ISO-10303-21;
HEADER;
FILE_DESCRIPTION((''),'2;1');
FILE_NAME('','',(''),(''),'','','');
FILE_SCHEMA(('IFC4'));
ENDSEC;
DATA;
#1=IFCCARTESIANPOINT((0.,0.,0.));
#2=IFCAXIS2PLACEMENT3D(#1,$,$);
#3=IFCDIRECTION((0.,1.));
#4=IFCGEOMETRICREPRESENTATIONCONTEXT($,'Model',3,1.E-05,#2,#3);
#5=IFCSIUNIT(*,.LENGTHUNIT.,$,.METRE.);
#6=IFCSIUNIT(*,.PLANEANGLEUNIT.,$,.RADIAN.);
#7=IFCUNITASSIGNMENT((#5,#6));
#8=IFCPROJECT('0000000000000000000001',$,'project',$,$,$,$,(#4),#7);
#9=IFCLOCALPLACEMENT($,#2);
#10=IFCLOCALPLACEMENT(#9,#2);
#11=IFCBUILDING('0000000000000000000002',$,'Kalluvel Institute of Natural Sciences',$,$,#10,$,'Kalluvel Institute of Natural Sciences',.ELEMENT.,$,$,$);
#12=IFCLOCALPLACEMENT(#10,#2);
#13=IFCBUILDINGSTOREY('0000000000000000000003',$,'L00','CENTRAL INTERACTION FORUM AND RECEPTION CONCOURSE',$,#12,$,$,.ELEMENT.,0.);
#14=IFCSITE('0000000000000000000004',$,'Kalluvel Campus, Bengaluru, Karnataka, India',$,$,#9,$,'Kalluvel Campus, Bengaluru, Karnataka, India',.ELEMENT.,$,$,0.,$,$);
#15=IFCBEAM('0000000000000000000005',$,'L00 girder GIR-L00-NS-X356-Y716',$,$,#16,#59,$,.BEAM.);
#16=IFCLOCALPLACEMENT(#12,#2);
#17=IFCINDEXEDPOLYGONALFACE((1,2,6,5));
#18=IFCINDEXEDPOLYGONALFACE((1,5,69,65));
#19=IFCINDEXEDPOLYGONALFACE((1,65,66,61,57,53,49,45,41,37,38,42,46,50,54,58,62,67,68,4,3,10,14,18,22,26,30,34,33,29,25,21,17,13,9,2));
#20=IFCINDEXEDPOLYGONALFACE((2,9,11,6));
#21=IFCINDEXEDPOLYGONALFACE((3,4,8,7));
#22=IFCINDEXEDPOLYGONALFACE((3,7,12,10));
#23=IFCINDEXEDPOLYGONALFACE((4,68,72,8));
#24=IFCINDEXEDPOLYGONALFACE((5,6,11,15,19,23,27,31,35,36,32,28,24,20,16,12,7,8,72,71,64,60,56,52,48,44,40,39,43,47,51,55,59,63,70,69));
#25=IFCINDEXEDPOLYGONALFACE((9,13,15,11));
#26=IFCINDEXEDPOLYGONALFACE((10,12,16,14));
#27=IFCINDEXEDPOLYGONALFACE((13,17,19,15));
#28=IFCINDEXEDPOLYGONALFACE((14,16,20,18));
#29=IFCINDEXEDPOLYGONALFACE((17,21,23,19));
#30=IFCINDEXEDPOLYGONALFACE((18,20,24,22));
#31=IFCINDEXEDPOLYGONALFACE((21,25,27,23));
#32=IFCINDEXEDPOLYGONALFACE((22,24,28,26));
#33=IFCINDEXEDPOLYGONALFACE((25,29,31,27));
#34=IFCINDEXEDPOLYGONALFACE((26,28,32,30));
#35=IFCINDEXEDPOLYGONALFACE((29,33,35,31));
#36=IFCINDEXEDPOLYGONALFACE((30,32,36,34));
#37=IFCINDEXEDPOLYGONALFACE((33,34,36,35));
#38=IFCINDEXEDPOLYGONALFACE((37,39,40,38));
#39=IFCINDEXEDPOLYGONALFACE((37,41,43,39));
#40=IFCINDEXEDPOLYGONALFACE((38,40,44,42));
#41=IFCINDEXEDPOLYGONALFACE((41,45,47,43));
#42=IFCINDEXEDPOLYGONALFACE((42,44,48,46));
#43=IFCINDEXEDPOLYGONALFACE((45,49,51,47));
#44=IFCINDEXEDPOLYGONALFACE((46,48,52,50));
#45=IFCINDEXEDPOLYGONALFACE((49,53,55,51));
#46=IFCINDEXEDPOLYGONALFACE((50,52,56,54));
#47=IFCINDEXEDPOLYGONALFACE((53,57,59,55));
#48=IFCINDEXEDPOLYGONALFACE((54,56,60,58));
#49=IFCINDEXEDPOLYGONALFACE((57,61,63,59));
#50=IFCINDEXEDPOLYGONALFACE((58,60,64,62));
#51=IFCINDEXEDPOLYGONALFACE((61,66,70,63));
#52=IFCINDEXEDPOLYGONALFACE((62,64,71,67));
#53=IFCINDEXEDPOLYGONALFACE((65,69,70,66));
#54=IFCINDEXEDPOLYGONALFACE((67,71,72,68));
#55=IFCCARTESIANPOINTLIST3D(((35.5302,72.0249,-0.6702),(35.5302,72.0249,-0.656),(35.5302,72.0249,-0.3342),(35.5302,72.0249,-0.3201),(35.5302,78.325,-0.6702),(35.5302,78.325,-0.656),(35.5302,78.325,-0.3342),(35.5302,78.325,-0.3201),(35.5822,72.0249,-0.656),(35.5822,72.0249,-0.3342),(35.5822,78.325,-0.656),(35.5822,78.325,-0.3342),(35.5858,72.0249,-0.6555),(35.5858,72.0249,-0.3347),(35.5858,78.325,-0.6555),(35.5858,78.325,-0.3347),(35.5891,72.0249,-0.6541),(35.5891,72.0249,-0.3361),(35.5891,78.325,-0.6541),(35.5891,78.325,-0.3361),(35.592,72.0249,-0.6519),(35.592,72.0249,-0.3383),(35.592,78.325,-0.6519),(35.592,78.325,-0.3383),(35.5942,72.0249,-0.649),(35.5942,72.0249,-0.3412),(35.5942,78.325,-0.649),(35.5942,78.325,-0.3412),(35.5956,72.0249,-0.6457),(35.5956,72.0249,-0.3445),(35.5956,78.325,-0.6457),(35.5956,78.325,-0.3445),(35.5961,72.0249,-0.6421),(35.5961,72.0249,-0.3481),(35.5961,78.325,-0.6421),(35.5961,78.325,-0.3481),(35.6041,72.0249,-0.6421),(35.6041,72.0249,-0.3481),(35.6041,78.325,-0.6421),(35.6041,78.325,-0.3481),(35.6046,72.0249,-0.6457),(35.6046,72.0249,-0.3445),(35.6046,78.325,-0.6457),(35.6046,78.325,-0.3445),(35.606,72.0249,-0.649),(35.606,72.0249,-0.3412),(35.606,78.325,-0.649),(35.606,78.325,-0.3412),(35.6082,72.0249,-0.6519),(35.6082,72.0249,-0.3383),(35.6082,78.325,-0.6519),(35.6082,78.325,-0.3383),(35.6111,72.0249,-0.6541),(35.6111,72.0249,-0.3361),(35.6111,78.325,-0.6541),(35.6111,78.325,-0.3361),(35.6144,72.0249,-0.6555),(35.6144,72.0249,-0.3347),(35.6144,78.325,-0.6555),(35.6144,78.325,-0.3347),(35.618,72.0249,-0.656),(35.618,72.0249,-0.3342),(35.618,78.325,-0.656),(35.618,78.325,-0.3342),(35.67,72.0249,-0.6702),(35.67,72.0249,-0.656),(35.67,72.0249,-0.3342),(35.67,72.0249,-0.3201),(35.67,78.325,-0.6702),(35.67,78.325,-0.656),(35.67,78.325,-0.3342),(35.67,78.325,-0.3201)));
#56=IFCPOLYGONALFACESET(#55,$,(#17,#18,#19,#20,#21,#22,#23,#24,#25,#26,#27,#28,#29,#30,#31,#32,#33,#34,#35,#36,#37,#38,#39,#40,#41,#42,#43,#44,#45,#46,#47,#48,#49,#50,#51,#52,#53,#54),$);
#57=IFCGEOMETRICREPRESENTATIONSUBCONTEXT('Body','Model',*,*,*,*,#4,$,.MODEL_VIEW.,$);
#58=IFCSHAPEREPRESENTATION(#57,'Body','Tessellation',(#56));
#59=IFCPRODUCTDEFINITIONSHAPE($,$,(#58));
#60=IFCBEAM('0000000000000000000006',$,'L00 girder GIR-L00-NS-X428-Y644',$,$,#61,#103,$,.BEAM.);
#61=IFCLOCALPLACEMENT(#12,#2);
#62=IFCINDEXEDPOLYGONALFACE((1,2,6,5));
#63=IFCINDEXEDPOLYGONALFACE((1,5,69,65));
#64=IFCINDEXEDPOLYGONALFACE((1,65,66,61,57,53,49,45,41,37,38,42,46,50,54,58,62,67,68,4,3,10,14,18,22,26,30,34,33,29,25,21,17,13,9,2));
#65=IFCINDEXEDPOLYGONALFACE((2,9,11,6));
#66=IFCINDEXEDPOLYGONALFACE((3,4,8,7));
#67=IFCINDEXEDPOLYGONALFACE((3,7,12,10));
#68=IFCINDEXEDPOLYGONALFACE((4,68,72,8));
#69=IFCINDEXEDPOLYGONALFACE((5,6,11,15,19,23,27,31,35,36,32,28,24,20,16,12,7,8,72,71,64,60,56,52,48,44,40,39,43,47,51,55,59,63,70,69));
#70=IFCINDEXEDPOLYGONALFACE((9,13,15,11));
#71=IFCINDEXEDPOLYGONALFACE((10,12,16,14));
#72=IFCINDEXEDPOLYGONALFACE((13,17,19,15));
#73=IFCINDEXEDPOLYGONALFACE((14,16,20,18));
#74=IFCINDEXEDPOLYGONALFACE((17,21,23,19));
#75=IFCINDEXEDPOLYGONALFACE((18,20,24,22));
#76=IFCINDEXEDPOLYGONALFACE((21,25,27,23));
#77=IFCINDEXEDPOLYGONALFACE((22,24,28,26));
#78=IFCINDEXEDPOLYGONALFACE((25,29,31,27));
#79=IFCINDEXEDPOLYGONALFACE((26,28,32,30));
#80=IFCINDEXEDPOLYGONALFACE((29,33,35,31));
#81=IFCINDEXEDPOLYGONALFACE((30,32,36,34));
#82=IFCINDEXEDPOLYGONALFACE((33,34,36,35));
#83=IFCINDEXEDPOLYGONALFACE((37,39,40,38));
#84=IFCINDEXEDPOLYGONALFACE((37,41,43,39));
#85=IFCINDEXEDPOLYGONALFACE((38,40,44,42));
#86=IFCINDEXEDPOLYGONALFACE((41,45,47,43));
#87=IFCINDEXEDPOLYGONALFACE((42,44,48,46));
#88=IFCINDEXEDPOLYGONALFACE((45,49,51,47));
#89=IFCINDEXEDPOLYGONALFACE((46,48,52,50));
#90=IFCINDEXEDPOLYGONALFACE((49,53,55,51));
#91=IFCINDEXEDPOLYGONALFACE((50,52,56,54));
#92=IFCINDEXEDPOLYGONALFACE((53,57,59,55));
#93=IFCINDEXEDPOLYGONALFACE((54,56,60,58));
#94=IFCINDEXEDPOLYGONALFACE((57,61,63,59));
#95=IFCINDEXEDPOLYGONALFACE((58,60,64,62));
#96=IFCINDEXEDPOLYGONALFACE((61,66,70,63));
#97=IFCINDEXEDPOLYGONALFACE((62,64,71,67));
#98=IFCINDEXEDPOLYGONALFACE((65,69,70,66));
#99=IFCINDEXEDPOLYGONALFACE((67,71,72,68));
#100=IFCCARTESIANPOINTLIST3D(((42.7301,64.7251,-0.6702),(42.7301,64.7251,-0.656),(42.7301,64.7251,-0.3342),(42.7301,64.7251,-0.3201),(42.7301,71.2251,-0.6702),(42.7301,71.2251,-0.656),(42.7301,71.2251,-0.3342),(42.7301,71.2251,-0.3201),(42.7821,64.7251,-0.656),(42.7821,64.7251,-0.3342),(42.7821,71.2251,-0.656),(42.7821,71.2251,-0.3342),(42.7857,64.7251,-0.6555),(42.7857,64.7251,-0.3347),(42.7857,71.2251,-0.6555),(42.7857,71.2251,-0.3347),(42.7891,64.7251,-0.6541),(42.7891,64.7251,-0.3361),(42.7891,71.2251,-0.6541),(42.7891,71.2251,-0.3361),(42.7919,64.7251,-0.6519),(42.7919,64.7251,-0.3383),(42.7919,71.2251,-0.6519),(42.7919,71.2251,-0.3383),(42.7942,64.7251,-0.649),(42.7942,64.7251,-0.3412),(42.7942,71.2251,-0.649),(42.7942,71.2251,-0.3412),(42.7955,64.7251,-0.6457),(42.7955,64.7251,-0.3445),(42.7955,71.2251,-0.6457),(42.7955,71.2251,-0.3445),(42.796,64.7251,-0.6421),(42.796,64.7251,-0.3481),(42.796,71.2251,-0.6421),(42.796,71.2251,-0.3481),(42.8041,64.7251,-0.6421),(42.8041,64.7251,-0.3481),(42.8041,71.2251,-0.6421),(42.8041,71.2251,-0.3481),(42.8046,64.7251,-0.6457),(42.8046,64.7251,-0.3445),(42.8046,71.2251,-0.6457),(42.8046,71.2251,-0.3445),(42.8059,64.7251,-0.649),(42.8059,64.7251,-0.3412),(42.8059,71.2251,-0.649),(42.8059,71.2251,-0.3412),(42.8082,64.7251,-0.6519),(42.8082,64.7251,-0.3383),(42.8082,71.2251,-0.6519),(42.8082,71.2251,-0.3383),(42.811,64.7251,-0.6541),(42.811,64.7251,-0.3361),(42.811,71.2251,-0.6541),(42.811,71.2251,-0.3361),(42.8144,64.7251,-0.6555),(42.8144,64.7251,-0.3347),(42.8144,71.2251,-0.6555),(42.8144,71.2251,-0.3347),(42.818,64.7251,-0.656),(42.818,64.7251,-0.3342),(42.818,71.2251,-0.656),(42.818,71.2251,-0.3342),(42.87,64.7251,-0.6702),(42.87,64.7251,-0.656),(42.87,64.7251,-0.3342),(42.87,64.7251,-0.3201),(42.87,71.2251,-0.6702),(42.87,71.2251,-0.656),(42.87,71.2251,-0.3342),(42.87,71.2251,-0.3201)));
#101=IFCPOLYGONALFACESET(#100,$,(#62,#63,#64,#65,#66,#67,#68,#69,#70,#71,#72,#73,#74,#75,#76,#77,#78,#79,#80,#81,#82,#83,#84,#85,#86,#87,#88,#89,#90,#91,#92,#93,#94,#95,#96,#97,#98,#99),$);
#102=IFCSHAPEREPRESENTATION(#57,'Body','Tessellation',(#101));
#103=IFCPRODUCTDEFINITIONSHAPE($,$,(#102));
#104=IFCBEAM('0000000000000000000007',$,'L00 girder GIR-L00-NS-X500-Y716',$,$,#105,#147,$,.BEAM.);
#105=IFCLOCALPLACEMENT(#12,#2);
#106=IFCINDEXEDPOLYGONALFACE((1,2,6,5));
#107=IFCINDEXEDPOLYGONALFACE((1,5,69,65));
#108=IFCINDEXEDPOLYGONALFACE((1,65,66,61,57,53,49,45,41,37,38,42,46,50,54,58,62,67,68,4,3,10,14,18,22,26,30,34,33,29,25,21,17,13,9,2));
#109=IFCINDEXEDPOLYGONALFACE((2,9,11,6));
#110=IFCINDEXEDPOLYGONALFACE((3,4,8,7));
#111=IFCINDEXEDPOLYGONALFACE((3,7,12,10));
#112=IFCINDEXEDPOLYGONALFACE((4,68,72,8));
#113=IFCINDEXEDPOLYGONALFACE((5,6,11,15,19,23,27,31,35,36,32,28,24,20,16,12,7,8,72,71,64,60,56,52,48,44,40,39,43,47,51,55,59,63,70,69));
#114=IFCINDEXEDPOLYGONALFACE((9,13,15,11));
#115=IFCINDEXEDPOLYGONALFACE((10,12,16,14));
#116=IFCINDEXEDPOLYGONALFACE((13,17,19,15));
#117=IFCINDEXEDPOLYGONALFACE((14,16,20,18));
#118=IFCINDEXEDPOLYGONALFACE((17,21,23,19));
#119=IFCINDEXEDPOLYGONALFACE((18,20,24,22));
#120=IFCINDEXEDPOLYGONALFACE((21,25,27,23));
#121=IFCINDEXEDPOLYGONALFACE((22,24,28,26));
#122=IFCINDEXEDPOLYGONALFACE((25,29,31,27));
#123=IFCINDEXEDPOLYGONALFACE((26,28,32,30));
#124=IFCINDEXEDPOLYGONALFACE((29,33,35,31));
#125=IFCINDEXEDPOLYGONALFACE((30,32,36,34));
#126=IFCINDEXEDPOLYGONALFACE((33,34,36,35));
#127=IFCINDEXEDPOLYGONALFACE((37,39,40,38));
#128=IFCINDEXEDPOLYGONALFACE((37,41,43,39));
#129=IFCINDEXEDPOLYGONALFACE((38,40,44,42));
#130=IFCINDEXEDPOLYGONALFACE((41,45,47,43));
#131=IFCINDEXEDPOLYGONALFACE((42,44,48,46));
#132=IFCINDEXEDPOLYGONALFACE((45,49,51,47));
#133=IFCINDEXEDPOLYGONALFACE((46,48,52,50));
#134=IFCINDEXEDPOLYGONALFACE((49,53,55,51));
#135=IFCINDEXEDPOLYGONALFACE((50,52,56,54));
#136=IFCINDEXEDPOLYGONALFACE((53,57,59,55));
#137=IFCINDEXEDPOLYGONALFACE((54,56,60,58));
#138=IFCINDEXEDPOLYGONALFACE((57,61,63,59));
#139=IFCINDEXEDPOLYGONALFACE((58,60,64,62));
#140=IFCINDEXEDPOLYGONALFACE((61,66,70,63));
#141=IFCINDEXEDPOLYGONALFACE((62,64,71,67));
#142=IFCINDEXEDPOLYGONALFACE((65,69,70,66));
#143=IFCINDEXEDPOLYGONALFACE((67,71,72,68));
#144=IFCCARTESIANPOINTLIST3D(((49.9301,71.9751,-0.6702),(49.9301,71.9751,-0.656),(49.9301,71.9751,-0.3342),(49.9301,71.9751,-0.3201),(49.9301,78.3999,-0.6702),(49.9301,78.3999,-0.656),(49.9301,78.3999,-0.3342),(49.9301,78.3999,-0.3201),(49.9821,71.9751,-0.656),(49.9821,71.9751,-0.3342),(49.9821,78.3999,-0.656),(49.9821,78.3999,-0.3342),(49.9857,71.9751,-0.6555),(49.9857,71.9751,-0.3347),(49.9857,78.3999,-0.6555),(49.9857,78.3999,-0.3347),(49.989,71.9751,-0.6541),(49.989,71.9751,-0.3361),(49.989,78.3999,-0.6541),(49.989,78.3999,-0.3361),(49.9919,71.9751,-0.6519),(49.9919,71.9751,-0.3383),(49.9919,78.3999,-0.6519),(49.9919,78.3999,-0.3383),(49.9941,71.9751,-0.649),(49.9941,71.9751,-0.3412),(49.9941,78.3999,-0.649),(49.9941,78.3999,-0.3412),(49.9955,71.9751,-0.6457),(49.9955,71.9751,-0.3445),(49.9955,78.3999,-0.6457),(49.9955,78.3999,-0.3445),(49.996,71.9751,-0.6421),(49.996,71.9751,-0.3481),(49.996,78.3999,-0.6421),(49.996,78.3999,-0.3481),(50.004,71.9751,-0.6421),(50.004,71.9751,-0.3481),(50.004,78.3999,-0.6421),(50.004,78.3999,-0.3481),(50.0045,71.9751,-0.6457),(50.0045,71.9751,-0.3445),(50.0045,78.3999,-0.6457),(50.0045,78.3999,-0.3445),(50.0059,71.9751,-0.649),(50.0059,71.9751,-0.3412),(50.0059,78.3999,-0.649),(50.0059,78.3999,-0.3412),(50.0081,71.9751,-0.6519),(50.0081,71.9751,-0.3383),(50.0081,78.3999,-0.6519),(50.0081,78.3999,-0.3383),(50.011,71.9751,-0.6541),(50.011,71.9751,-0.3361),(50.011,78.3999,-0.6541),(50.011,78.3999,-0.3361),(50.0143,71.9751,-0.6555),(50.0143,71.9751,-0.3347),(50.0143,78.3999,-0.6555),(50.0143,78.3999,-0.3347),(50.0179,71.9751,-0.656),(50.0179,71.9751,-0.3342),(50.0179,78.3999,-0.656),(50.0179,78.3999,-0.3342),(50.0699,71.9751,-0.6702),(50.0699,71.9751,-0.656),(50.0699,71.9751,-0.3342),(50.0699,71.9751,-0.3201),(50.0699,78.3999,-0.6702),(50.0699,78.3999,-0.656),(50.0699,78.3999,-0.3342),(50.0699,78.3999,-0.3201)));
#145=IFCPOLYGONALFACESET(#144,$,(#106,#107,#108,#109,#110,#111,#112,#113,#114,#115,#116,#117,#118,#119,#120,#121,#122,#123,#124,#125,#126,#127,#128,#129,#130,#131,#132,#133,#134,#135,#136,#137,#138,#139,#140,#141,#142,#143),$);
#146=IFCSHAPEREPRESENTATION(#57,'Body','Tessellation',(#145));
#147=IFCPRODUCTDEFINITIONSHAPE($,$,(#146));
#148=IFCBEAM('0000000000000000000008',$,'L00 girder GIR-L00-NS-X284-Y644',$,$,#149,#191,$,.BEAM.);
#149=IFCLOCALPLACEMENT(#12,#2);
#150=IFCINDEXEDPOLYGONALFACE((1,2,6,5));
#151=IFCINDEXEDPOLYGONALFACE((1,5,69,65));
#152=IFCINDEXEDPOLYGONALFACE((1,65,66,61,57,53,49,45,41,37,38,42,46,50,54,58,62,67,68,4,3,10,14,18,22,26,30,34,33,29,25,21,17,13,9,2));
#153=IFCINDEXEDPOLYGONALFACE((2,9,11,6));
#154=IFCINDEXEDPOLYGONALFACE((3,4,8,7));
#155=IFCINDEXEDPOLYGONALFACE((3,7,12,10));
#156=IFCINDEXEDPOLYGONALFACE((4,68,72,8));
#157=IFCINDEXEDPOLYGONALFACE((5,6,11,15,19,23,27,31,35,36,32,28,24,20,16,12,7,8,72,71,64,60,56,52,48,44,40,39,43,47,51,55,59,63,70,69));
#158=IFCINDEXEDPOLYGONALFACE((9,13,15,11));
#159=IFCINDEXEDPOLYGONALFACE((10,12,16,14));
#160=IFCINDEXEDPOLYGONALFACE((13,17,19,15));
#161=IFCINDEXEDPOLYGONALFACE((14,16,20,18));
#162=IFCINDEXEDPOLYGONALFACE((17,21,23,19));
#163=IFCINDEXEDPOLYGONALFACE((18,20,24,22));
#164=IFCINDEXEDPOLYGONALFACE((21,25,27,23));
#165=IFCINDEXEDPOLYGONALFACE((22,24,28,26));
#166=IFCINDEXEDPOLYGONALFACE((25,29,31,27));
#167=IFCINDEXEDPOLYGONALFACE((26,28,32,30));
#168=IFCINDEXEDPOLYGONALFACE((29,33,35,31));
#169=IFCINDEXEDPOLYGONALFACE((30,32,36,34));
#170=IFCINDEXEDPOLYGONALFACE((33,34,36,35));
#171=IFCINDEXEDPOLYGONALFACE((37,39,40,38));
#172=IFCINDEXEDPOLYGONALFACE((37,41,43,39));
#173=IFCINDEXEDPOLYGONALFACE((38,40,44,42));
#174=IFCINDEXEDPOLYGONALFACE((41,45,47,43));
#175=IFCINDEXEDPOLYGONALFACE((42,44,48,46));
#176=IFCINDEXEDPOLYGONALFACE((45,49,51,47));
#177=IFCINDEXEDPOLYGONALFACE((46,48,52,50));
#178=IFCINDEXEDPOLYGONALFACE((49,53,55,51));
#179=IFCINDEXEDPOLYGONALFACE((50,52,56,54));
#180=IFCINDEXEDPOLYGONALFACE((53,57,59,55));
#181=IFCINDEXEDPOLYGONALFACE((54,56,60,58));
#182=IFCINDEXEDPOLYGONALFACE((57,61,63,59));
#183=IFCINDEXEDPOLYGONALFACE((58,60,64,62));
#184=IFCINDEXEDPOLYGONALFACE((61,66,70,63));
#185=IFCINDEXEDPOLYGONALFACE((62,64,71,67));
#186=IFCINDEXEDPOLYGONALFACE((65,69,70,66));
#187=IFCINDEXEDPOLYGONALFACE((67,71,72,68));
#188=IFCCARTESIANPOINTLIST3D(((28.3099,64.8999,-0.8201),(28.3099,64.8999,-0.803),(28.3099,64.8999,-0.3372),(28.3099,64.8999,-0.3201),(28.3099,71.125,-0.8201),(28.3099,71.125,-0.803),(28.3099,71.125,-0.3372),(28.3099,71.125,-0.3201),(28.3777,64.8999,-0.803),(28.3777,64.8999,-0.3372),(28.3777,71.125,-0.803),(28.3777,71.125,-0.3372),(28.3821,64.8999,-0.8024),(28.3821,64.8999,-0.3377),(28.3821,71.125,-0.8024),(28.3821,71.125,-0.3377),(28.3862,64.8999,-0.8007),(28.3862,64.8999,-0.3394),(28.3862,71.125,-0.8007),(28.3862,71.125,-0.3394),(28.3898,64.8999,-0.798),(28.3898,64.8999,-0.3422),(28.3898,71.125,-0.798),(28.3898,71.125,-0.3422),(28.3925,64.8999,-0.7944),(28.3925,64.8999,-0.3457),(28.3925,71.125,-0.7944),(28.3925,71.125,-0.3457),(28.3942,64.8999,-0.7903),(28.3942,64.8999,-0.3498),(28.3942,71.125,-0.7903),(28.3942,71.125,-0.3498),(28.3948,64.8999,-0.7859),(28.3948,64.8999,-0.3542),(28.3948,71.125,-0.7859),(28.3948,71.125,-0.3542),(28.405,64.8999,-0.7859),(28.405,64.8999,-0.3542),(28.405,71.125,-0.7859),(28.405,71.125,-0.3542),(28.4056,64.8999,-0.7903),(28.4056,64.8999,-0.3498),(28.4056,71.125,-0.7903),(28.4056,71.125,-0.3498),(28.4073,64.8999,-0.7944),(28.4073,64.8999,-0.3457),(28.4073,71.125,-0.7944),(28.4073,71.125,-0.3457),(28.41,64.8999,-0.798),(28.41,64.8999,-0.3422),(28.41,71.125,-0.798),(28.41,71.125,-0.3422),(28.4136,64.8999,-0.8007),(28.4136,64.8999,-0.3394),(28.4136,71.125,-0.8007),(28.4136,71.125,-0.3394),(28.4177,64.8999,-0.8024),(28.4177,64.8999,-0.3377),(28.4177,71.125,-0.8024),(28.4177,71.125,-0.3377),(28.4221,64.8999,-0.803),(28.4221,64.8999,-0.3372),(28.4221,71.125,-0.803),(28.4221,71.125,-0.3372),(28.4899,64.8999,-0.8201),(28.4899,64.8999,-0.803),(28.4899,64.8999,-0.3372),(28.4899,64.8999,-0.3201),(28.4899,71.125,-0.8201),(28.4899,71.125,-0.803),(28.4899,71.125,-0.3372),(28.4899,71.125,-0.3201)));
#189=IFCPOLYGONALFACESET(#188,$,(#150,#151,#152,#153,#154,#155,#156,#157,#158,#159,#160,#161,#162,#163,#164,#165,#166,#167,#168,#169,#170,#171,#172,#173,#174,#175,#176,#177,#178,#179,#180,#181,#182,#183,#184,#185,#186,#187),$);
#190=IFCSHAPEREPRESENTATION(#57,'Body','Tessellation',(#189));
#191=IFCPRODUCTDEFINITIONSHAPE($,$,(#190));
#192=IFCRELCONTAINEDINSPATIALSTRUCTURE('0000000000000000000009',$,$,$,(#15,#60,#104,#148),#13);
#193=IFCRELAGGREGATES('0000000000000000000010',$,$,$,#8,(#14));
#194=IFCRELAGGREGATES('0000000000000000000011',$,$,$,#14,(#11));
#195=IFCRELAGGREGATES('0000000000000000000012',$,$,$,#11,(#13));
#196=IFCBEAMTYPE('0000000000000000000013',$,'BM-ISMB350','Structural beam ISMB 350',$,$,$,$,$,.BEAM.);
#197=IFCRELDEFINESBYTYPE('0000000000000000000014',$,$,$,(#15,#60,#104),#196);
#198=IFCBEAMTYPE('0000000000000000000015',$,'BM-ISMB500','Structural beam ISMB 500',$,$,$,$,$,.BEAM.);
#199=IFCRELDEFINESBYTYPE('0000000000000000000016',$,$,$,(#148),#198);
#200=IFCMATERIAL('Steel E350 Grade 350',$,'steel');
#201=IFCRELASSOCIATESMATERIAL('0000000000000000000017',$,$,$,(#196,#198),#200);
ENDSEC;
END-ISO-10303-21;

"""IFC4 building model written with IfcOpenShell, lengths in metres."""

from ifc_helpers import new_model, si_unit, direction, frame, origin, origin_2d, place, context, subcontext, project, spatial, i_section, extrude, material, material_profile, profile_set, type_object, element, save


model = new_model("IFC4")

# Units and contexts
model_context = context("Model", 3, precision=1e-05, world=origin(), true_north=direction((0.0, 1.0)))
body_context = subcontext(model_context, "Body", "Model", "MODEL_VIEW")
ifc_project = project(units=[si_unit("LENGTHUNIT", "METRE"), si_unit("PLANEANGLEUNIT", "RADIAN")], contexts=[model_context])

# Site, building, storey
site_placement = place(None, origin())
site = spatial("IfcSite", under=ifc_project, at=site_placement, Name="Kalluvel Campus, Bengaluru, Karnataka, India", LongName="Kalluvel Campus, Bengaluru, Karnataka, India", CompositionType="ELEMENT", RefElevation=0.0)
building_placement = place(site_placement, origin())
building = spatial("IfcBuilding", under=site, at=building_placement, Name="Kalluvel Institute of Natural Sciences", LongName="Kalluvel Institute of Natural Sciences", CompositionType="ELEMENT")
storey_placement = place(building_placement, origin())
storey = spatial("IfcBuildingStorey", under=building, at=storey_placement, Name="L00", Description="CENTRAL INTERACTION FORUM AND RECEPTION CONCOURSE", CompositionType="ELEMENT", Elevation=0.0)

# Beams
ifc_material_1 = material(Name="Steel E350 Grade 350", Category="steel")
ifc_material_profile_1 = material_profile(ifc_material_1, i_section(OverallWidth=0.1399, OverallDepth=0.3501, WebThickness=0.0081, FlangeThickness=0.0142, FilletRadius=0.0139, at=origin_2d()), Name="ISMB 350")
ifc_profile_set_1 = profile_set([ifc_material_profile_1], Name="Steel E350 Grade 350")
beam_type_1 = type_object("IfcBeamType", Name="BM-ISMB350", Description="Structural beam ISMB 350", PredefinedType="BEAM", material=ifc_profile_set_1)
beam_1_placement = place(storey_placement, frame((35.6001, 72.0249, -0.4951), z_axis=(0.0, 1.0, 0.0), x_axis=(-1.0, 0.0, 0.0)))
element("IfcBeam", 1, at=beam_1_placement, inside=storey, type_object=beam_type_1, Name="L00 girder GIR-L00-NS-X356-Y716", PredefinedType="BEAM", context=body_context, shape_type="SweptSolid", body=[
    extrude(i_section(OverallWidth=0.1399, OverallDepth=0.3501, WebThickness=0.0081, FlangeThickness=0.0142, FilletRadius=0.0139, at=origin_2d()), origin(), (0.0, 0.0, 1.0), 6.3),
])
beam_2_placement = place(storey_placement, frame((42.8, 64.7251, -0.4951), z_axis=(0.0, 1.0, 0.0), x_axis=(-1.0, 0.0, 0.0)))
element("IfcBeam", 2, at=beam_2_placement, inside=storey, type_object=beam_type_1, Name="L00 girder GIR-L00-NS-X428-Y644", PredefinedType="BEAM", context=body_context, shape_type="SweptSolid", body=[
    extrude(i_section(OverallWidth=0.1399, OverallDepth=0.3501, WebThickness=0.0081, FlangeThickness=0.0142, FilletRadius=0.0139, at=origin_2d()), origin(), (0.0, 0.0, 1.0), 6.5),
])
beam_3_placement = place(storey_placement, frame((50.0, 71.9751, -0.4951), z_axis=(0.0, 1.0, 0.0), x_axis=(-1.0, 0.0, 0.0)))
element("IfcBeam", 3, at=beam_3_placement, inside=storey, type_object=beam_type_1, Name="L00 girder GIR-L00-NS-X500-Y716", PredefinedType="BEAM", context=body_context, shape_type="SweptSolid", body=[
    extrude(i_section(OverallWidth=0.1399, OverallDepth=0.3501, WebThickness=0.0081, FlangeThickness=0.0142, FilletRadius=0.0139, at=origin_2d()), origin(), (0.0, 0.0, 1.0), 6.4248),
])
ifc_material_profile_2 = material_profile(ifc_material_1, i_section(OverallWidth=0.1799, OverallDepth=0.5, WebThickness=0.0103, FlangeThickness=0.0171, FilletRadius=0.0171, at=origin_2d()), Name="ISMB 500")
ifc_profile_set_2 = profile_set([ifc_material_profile_2], Name="Steel E350 Grade 350")
beam_type_2 = type_object("IfcBeamType", Name="BM-ISMB500", Description="Structural beam ISMB 500", PredefinedType="BEAM", material=ifc_profile_set_2)
beam_4_placement = place(storey_placement, frame((28.3999, 64.8999, -0.5701), z_axis=(0.0, 1.0, 0.0), x_axis=(-1.0, 0.0, 0.0)))
element("IfcBeam", 4, at=beam_4_placement, inside=storey, type_object=beam_type_2, Name="L00 girder GIR-L00-NS-X284-Y644", PredefinedType="BEAM", context=body_context, shape_type="SweptSolid", body=[
    extrude(i_section(OverallWidth=0.1799, OverallDepth=0.5, WebThickness=0.0103, FlangeThickness=0.0171, FilletRadius=0.0171, at=origin_2d()), origin(), (0.0, 0.0, 1.0), 6.2251),
])

save(model, "model.ifc")
